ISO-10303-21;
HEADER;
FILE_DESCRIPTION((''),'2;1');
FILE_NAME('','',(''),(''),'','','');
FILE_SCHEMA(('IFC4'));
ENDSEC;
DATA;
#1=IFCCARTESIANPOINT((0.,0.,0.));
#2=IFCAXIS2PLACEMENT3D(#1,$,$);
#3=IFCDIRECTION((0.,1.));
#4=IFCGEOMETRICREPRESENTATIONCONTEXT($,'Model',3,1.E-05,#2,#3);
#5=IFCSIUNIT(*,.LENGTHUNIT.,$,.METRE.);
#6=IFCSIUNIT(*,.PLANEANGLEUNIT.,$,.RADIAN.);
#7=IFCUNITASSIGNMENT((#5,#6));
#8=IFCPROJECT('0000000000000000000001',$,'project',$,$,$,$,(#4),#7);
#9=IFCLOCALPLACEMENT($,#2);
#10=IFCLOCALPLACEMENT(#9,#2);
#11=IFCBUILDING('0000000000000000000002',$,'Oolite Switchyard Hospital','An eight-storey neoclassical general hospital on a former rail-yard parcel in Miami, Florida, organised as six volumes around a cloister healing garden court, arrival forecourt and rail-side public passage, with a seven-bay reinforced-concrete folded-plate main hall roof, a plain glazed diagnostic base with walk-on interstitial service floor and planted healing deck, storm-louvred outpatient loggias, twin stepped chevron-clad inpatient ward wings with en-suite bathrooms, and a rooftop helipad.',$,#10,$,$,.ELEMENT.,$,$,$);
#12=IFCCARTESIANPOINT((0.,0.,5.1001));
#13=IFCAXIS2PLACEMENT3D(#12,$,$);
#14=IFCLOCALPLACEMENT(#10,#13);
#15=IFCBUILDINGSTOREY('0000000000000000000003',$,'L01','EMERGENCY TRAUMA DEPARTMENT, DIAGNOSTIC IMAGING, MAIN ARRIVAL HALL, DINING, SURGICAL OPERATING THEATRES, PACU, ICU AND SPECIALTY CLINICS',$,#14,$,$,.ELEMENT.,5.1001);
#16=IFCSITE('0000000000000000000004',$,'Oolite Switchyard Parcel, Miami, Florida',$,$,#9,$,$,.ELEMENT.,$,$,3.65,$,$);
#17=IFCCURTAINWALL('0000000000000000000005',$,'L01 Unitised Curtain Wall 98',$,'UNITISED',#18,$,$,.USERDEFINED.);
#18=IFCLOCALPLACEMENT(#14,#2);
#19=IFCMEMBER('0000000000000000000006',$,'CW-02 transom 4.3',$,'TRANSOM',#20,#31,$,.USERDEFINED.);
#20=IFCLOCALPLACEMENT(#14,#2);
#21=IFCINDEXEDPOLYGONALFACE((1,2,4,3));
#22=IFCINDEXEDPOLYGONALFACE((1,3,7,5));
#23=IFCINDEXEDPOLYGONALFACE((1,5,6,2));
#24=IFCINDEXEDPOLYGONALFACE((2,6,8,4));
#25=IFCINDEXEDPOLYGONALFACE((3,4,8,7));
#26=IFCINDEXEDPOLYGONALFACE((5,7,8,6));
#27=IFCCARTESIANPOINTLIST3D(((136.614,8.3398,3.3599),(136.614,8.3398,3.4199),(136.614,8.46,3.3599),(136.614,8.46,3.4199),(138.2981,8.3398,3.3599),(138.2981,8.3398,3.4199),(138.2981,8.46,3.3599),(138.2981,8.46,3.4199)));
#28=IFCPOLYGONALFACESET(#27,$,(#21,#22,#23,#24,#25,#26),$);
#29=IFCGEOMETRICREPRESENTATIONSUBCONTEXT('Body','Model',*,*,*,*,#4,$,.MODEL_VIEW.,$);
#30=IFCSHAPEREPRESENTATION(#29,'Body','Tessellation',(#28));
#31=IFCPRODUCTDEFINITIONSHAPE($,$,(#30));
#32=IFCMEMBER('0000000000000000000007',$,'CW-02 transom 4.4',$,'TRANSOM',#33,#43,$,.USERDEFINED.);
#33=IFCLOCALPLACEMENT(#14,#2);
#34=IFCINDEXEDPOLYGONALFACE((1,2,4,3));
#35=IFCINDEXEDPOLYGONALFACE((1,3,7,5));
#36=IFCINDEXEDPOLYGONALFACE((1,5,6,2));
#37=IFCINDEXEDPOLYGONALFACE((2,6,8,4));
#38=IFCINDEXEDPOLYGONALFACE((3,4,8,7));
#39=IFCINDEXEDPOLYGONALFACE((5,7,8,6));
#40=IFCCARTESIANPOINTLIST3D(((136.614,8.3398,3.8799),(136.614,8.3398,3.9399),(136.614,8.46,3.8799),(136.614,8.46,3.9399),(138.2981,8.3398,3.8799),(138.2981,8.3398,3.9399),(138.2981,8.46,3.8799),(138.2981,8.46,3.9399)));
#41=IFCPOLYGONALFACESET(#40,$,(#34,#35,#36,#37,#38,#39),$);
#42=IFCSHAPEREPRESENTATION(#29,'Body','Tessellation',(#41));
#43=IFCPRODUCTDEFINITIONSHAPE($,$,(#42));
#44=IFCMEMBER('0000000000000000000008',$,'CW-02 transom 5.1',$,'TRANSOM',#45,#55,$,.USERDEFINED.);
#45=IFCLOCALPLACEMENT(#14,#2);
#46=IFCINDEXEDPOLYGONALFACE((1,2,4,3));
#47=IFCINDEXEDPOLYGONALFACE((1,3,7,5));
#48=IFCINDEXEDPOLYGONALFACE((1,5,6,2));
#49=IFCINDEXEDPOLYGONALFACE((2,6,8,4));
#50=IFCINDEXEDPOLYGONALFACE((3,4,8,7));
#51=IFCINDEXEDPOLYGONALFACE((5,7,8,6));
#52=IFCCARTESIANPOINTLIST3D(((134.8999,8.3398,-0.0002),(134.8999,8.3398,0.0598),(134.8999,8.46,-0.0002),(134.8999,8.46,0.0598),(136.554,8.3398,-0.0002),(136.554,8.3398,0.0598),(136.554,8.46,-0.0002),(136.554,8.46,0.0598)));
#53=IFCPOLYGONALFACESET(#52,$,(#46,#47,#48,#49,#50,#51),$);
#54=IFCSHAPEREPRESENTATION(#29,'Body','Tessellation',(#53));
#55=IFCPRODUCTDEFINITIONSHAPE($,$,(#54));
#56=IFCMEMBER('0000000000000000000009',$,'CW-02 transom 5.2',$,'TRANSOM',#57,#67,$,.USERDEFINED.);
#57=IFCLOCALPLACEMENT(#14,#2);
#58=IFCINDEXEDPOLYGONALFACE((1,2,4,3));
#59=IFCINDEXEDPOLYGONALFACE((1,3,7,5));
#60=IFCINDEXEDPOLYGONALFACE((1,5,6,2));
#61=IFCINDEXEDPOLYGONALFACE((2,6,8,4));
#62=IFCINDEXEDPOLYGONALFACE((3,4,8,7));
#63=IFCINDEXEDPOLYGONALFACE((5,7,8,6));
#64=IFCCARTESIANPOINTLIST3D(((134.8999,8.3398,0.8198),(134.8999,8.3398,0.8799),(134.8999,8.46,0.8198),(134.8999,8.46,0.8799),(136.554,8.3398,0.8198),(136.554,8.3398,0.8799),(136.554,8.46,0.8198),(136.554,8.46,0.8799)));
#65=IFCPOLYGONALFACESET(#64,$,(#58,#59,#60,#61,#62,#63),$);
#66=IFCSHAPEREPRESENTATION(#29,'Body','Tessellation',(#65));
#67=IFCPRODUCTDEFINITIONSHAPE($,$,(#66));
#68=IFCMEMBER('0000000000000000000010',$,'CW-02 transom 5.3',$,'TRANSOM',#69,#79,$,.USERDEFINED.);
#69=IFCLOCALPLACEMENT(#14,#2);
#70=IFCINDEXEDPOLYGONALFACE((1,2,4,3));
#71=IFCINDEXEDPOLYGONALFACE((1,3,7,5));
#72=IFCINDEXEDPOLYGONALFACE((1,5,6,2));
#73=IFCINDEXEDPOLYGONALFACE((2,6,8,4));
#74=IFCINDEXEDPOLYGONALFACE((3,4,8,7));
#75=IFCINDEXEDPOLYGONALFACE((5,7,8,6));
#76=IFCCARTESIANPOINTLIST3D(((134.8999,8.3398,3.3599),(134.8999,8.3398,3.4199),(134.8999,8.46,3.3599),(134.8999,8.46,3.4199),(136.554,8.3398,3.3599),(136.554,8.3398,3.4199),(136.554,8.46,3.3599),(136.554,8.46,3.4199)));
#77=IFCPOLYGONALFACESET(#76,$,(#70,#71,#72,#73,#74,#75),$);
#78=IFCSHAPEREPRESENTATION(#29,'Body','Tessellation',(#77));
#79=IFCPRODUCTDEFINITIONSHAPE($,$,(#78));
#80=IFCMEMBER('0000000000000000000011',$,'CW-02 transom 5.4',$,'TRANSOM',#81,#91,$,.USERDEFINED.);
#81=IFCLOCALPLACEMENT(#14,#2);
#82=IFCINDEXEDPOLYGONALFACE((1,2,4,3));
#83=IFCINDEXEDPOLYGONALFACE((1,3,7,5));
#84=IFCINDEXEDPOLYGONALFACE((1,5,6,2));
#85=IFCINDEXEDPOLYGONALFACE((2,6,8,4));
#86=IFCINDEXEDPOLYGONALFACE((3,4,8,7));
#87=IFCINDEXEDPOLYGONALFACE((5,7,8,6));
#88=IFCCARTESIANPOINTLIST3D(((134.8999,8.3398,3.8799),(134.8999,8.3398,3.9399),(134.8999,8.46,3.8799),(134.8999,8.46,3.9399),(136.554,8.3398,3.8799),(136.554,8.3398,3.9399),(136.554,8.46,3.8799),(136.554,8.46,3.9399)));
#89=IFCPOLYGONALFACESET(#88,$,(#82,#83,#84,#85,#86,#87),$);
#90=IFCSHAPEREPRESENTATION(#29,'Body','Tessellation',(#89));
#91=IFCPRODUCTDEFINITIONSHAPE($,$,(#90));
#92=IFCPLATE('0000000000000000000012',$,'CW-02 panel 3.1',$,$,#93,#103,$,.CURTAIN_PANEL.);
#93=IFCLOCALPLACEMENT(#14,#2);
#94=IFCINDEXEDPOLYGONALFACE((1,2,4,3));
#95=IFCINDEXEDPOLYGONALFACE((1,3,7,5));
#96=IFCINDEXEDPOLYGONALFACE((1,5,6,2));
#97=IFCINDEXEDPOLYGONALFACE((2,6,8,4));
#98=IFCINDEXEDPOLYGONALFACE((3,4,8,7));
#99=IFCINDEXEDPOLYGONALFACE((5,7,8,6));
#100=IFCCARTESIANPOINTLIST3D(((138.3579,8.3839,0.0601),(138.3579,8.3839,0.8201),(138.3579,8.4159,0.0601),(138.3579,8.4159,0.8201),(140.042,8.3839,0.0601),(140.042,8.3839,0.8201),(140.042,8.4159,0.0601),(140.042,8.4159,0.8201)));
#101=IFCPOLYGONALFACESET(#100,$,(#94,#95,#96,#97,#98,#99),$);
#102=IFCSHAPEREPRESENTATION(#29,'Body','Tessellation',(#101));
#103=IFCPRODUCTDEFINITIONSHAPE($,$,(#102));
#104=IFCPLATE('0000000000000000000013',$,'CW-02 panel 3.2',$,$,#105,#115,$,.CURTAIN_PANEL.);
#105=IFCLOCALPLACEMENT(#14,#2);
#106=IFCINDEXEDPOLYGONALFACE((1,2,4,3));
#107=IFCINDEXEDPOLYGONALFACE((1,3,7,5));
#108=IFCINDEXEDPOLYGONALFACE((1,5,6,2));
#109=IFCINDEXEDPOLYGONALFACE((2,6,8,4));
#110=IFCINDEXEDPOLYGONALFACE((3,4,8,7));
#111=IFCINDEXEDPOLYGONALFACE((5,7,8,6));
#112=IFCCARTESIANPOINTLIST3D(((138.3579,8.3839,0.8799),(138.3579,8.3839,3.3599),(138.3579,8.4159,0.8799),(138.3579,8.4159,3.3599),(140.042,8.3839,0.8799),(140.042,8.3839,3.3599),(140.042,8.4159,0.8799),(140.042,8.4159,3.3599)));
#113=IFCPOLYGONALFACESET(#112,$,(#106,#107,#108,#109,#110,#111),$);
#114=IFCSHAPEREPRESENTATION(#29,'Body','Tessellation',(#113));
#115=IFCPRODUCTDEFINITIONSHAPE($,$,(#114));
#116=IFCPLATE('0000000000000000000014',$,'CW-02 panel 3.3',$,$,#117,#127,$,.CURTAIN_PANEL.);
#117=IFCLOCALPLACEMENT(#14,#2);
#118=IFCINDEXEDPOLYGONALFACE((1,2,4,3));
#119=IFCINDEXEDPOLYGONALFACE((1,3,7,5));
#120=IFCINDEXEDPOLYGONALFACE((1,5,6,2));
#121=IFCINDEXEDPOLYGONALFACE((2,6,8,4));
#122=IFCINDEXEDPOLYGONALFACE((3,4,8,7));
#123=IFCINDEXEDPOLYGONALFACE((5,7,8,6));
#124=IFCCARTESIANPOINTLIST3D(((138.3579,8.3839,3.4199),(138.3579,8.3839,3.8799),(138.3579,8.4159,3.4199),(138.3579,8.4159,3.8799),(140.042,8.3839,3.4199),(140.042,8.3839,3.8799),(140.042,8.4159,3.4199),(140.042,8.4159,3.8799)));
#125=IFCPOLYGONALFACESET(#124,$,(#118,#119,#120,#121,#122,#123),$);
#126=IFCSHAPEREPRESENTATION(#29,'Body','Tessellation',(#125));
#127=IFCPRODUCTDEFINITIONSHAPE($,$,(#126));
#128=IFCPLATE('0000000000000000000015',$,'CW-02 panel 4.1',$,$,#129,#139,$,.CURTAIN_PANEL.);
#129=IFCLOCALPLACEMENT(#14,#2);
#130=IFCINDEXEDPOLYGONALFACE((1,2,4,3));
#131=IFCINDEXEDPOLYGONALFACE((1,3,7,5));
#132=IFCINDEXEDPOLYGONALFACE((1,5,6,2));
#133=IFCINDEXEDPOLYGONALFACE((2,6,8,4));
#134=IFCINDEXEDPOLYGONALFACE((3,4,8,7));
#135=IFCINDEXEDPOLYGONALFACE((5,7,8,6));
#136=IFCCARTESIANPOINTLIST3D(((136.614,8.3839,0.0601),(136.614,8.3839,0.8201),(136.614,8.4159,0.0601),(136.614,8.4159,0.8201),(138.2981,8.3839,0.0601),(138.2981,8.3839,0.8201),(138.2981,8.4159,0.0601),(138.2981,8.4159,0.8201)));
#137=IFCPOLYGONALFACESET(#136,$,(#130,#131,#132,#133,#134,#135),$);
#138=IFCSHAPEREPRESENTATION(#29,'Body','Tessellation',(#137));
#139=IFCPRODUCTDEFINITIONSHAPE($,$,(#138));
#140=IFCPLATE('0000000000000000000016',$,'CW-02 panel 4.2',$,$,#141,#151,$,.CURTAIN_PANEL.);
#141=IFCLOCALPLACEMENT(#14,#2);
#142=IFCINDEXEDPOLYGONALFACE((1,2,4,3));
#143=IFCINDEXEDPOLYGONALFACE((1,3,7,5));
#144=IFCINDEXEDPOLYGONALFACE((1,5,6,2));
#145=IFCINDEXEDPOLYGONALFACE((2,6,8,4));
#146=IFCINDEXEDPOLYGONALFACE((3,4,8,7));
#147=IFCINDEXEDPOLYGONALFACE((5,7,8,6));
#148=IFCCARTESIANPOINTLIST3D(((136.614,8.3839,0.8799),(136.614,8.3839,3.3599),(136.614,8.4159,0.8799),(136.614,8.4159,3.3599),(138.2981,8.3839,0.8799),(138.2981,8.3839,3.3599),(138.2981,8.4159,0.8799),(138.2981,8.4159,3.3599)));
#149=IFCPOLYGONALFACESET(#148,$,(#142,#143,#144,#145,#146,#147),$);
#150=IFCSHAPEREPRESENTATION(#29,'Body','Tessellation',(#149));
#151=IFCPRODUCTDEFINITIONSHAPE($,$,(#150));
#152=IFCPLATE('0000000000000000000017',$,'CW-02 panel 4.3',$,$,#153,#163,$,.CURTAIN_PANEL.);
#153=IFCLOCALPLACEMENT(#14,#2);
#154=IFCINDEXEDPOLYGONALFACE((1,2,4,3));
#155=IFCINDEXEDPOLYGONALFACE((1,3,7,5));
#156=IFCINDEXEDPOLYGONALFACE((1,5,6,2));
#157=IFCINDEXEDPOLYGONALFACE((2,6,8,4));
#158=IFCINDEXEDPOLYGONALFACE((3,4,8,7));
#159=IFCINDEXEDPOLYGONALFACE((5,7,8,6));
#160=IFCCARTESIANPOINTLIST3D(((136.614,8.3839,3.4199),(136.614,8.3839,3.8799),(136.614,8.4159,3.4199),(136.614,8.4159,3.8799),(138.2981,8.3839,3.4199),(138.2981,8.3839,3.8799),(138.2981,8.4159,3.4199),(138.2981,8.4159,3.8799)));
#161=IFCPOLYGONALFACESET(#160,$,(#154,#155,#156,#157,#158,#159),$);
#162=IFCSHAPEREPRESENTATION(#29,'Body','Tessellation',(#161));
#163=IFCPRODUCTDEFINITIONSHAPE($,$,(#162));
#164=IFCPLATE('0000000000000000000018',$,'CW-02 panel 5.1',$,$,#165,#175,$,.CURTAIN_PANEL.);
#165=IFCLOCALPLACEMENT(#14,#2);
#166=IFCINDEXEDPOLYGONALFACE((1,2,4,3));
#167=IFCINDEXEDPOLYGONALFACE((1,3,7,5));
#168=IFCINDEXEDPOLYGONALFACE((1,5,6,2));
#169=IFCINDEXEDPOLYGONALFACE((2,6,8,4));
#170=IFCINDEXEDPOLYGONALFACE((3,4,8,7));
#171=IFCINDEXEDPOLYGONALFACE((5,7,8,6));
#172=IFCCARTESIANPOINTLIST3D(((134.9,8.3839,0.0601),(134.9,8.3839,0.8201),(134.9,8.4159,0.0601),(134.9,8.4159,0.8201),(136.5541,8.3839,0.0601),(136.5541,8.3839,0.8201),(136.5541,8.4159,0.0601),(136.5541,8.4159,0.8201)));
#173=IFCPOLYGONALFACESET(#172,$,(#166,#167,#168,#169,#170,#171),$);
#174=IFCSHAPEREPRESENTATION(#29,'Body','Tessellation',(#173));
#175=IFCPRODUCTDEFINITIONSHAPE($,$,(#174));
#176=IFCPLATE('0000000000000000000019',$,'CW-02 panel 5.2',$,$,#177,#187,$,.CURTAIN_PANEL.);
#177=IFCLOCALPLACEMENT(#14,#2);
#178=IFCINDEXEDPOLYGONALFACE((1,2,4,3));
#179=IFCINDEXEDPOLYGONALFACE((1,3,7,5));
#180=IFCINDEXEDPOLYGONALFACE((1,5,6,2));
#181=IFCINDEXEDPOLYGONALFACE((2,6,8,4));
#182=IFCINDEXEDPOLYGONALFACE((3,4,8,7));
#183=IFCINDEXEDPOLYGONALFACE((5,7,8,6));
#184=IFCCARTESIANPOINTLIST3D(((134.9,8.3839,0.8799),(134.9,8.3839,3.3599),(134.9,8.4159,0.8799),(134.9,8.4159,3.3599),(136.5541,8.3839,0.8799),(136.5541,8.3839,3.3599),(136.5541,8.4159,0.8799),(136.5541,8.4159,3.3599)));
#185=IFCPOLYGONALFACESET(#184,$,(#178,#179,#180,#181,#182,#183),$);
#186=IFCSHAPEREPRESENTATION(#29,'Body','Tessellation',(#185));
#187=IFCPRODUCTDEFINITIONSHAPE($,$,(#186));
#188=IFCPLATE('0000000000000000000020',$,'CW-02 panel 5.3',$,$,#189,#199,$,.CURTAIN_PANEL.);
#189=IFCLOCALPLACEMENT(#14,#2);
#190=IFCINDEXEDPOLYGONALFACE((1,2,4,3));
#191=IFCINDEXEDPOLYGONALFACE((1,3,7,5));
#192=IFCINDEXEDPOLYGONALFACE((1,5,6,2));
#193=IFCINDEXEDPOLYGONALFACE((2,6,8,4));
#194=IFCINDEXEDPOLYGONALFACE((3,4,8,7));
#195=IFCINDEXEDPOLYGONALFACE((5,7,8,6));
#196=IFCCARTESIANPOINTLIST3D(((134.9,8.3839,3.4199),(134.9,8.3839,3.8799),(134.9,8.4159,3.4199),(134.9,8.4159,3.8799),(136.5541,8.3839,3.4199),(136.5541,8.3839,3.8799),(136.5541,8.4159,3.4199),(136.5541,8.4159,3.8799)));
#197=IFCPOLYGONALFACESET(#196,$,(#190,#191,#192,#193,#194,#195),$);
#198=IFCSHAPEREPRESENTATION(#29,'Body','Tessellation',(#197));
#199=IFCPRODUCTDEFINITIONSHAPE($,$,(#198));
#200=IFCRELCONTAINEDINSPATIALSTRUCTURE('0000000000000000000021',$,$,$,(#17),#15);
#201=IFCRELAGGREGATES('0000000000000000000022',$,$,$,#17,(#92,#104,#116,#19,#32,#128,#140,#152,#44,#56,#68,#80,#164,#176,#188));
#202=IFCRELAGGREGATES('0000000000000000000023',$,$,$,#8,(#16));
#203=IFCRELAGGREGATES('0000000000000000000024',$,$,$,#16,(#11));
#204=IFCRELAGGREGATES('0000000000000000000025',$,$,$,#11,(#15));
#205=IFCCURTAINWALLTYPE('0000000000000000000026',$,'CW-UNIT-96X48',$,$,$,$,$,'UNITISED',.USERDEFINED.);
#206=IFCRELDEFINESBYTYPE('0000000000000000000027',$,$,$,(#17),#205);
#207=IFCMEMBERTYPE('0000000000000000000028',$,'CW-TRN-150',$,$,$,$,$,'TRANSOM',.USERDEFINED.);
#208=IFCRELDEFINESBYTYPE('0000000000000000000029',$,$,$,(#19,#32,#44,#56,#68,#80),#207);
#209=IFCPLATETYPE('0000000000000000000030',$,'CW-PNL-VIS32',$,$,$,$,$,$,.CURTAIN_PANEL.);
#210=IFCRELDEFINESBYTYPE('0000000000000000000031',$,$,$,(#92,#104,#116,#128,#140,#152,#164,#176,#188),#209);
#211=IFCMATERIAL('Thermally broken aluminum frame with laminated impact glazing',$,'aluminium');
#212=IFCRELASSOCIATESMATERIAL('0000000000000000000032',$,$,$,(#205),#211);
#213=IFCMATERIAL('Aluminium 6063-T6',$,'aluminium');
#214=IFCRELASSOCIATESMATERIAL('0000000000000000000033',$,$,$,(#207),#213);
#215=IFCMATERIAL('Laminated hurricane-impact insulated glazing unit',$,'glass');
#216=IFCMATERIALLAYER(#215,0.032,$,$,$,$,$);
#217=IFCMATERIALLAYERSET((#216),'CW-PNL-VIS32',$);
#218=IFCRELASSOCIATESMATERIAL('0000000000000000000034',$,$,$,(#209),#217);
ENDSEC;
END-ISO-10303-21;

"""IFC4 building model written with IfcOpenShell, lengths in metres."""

from ifc_helpers import new_model, si_unit, direction, frame, origin, origin_2d, place, context, subcontext, project, spatial, rectangle, extrude, material, layer, layer_set, material_profile, profile_set, type_object, element, aggregate, save


model = new_model("IFC4")

# Units and contexts
model_context = context("Model", 3, precision=1e-05, world=origin(), true_north=direction((0.0, 1.0)))
body_context = subcontext(model_context, "Body", "Model", "MODEL_VIEW")
ifc_project = project(units=[si_unit("LENGTHUNIT", "METRE"), si_unit("PLANEANGLEUNIT", "RADIAN")], contexts=[model_context])

# Site, building, storey
site_placement = place(None, origin())
site = spatial("IfcSite", under=ifc_project, at=site_placement, Name="Oolite Switchyard Parcel, Miami, Florida", CompositionType="ELEMENT", RefElevation=3.65)
building_placement = place(site_placement, origin())
building = spatial("IfcBuilding", under=site, at=building_placement, Name="Oolite Switchyard Hospital", Description="An eight-storey neoclassical general hospital on a former rail-yard parcel in Miami, Florida, organised as six volumes around a cloister healing garden court, arrival forecourt and rail-side public passage, with a seven-bay reinforced-concrete folded-plate main hall roof, a plain glazed diagnostic base with walk-on interstitial service floor and planted healing deck, storm-louvred outpatient loggias, twin stepped chevron-clad inpatient ward wings with en-suite bathrooms, and a rooftop helipad.", CompositionType="ELEMENT")
storey_placement = place(building_placement, frame((0.0, 0.0, 5.1001)))
storey = spatial("IfcBuildingStorey", under=building, at=storey_placement, Name="L01", Description="EMERGENCY TRAUMA DEPARTMENT, DIAGNOSTIC IMAGING, MAIN ARRIVAL HALL, DINING, SURGICAL OPERATING THEATRES, PACU, ICU AND SPECIALTY CLINICS", CompositionType="ELEMENT", Elevation=5.1001)

# Curtain wall, members, plates
ifc_material_1 = material(Name="Thermally broken aluminum frame with laminated impact glazing", Category="aluminium")
curtain_wall_type = type_object("IfcCurtainWallType", Name="CW-UNIT-96X48", ElementType="UNITISED", PredefinedType="USERDEFINED", material=ifc_material_1)
curtain_wall_placement = place(storey_placement, origin())
curtain_wall = element("IfcCurtainWall", 1, at=curtain_wall_placement, inside=storey, type_object=curtain_wall_type, Name="L01 Unitised Curtain Wall 98", ObjectType="UNITISED", PredefinedType="USERDEFINED")
ifc_material_2 = material(Name="Aluminium 6063-T6", Category="aluminium")
ifc_material_profile_1 = material_profile(ifc_material_2, rectangle(XDim=0.1201, YDim=0.0601, at=origin_2d()), Name="CWT60X120")
ifc_profile_set_1 = profile_set([ifc_material_profile_1], Name="Aluminium 6063-T6")
member_type_1 = type_object("IfcMemberType", Name="CW-TRN-150", ElementType="TRANSOM", PredefinedType="USERDEFINED", material=ifc_profile_set_1)
member_1_placement = place(storey_placement, frame((138.2981, 8.3999, 3.3899), z_axis=(-1.0, 0.0, 0.0), x_axis=(0.0, -1.0, 0.0)))
member_1 = element("IfcMember", 2, at=member_1_placement, type_object=member_type_1, Name="CW-02 transom 4.3", ObjectType="TRANSOM", PredefinedType="USERDEFINED", context=body_context, shape_type="SweptSolid", body=[
    extrude(rectangle(XDim=0.1201, YDim=0.0601, at=origin_2d()), origin(), (0.0, 0.0, 1.0), 1.6841),
])
member_2_placement = place(storey_placement, frame((138.2981, 8.3999, 3.9099), z_axis=(-1.0, 0.0, 0.0), x_axis=(0.0, -1.0, 0.0)))
member_2 = element("IfcMember", 3, at=member_2_placement, type_object=member_type_1, Name="CW-02 transom 4.4", ObjectType="TRANSOM", PredefinedType="USERDEFINED", context=body_context, shape_type="SweptSolid", body=[
    extrude(rectangle(XDim=0.1201, YDim=0.0601, at=origin_2d()), origin(), (0.0, 0.0, 1.0), 1.6841),
])
member_3_placement = place(storey_placement, frame((136.554, 8.3999, 0.0298), z_axis=(-1.0, 0.0, 0.0), x_axis=(0.0, -1.0, 0.0)))
member_3 = element("IfcMember", 4, at=member_3_placement, type_object=member_type_1, Name="CW-02 transom 5.1", ObjectType="TRANSOM", PredefinedType="USERDEFINED", context=body_context, shape_type="SweptSolid", body=[
    extrude(rectangle(XDim=0.1201, YDim=0.0601, at=origin_2d()), origin(), (0.0, 0.0, 1.0), 1.6541),
])
member_4_placement = place(storey_placement, frame((136.554, 8.3999, 0.8499), z_axis=(-1.0, 0.0, 0.0), x_axis=(0.0, -1.0, 0.0)))
member_4 = element("IfcMember", 5, at=member_4_placement, type_object=member_type_1, Name="CW-02 transom 5.2", ObjectType="TRANSOM", PredefinedType="USERDEFINED", context=body_context, shape_type="SweptSolid", body=[
    extrude(rectangle(XDim=0.1201, YDim=0.0601, at=origin_2d()), origin(), (0.0, 0.0, 1.0), 1.6541),
])
member_5_placement = place(storey_placement, frame((136.554, 8.3999, 3.3899), z_axis=(-1.0, 0.0, 0.0), x_axis=(0.0, -1.0, 0.0)))
member_5 = element("IfcMember", 6, at=member_5_placement, type_object=member_type_1, Name="CW-02 transom 5.3", ObjectType="TRANSOM", PredefinedType="USERDEFINED", context=body_context, shape_type="SweptSolid", body=[
    extrude(rectangle(XDim=0.1201, YDim=0.0601, at=origin_2d()), origin(), (0.0, 0.0, 1.0), 1.6541),
])
member_6_placement = place(storey_placement, frame((136.554, 8.3999, 3.9099), z_axis=(-1.0, 0.0, 0.0), x_axis=(0.0, -1.0, 0.0)))
member_6 = element("IfcMember", 7, at=member_6_placement, type_object=member_type_1, Name="CW-02 transom 5.4", ObjectType="TRANSOM", PredefinedType="USERDEFINED", context=body_context, shape_type="SweptSolid", body=[
    extrude(rectangle(XDim=0.1201, YDim=0.0601, at=origin_2d()), origin(), (0.0, 0.0, 1.0), 1.6541),
])
ifc_material_3 = material(Name="Laminated hurricane-impact insulated glazing unit", Category="glass")
ifc_layer = layer(ifc_material_3, 0.032)
ifc_layer_set = layer_set([ifc_layer], Name="CW-PNL-VIS32")
plate_type = type_object("IfcPlateType", Name="CW-PNL-VIS32", PredefinedType="CURTAIN_PANEL", material=ifc_layer_set)
plate_1_placement = place(storey_placement, frame((139.2, 8.3999, 0.0601), z_axis=(0.0, 0.0, 1.0), x_axis=(-1.0, 0.0, 0.0)))
plate_1 = element("IfcPlate", 8, at=plate_1_placement, type_object=plate_type, Name="CW-02 panel 3.1", PredefinedType="CURTAIN_PANEL", context=body_context, shape_type="SweptSolid", body=[
    extrude(rectangle(XDim=1.6841, YDim=0.032, at=origin_2d()), origin(), (0.0, 0.0, 1.0), 0.76),
])
plate_2_placement = place(storey_placement, frame((139.2, 8.3999, 0.8799), z_axis=(0.0, 0.0, 1.0), x_axis=(-1.0, 0.0, 0.0)))
plate_2 = element("IfcPlate", 9, at=plate_2_placement, type_object=plate_type, Name="CW-02 panel 3.2", PredefinedType="CURTAIN_PANEL", context=body_context, shape_type="SweptSolid", body=[
    extrude(rectangle(XDim=1.6841, YDim=0.032, at=origin_2d()), origin(), (0.0, 0.0, 1.0), 2.48),
])
plate_3_placement = place(storey_placement, frame((139.2, 8.3999, 3.4199), z_axis=(0.0, 0.0, 1.0), x_axis=(-1.0, 0.0, 0.0)))
plate_3 = element("IfcPlate", 10, at=plate_3_placement, type_object=plate_type, Name="CW-02 panel 3.3", PredefinedType="CURTAIN_PANEL", context=body_context, shape_type="SweptSolid", body=[
    extrude(rectangle(XDim=1.6841, YDim=0.032, at=origin_2d()), origin(), (0.0, 0.0, 1.0), 0.46),
])
plate_4_placement = place(storey_placement, frame((137.4561, 8.3999, 0.0601), z_axis=(0.0, 0.0, 1.0), x_axis=(-1.0, 0.0, 0.0)))
plate_4 = element("IfcPlate", 11, at=plate_4_placement, type_object=plate_type, Name="CW-02 panel 4.1", PredefinedType="CURTAIN_PANEL", context=body_context, shape_type="SweptSolid", body=[
    extrude(rectangle(XDim=1.6841, YDim=0.032, at=origin_2d()), origin(), (0.0, 0.0, 1.0), 0.76),
])
plate_5_placement = place(storey_placement, frame((137.4561, 8.3999, 0.8799), z_axis=(0.0, 0.0, 1.0), x_axis=(-1.0, 0.0, 0.0)))
plate_5 = element("IfcPlate", 12, at=plate_5_placement, type_object=plate_type, Name="CW-02 panel 4.2", PredefinedType="CURTAIN_PANEL", context=body_context, shape_type="SweptSolid", body=[
    extrude(rectangle(XDim=1.6841, YDim=0.032, at=origin_2d()), origin(), (0.0, 0.0, 1.0), 2.48),
])
plate_6_placement = place(storey_placement, frame((137.4561, 8.3999, 3.4199), z_axis=(0.0, 0.0, 1.0), x_axis=(-1.0, 0.0, 0.0)))
plate_6 = element("IfcPlate", 13, at=plate_6_placement, type_object=plate_type, Name="CW-02 panel 4.3", PredefinedType="CURTAIN_PANEL", context=body_context, shape_type="SweptSolid", body=[
    extrude(rectangle(XDim=1.6841, YDim=0.032, at=origin_2d()), origin(), (0.0, 0.0, 1.0), 0.46),
])
plate_7_placement = place(storey_placement, frame((135.7271, 8.3999, 0.0601), z_axis=(0.0, 0.0, 1.0), x_axis=(-1.0, 0.0, 0.0)))
plate_7 = element("IfcPlate", 14, at=plate_7_placement, type_object=plate_type, Name="CW-02 panel 5.1", PredefinedType="CURTAIN_PANEL", context=body_context, shape_type="SweptSolid", body=[
    extrude(rectangle(XDim=1.6541, YDim=0.032, at=origin_2d()), origin(), (0.0, 0.0, 1.0), 0.76),
])
plate_8_placement = place(storey_placement, frame((135.7271, 8.3999, 0.8799), z_axis=(0.0, 0.0, 1.0), x_axis=(-1.0, 0.0, 0.0)))
plate_8 = element("IfcPlate", 15, at=plate_8_placement, type_object=plate_type, Name="CW-02 panel 5.2", PredefinedType="CURTAIN_PANEL", context=body_context, shape_type="SweptSolid", body=[
    extrude(rectangle(XDim=1.6541, YDim=0.032, at=origin_2d()), origin(), (0.0, 0.0, 1.0), 2.48),
])
plate_9_placement = place(storey_placement, frame((135.7271, 8.3999, 3.4199), z_axis=(0.0, 0.0, 1.0), x_axis=(-1.0, 0.0, 0.0)))
plate_9 = element("IfcPlate", 16, at=plate_9_placement, type_object=plate_type, Name="CW-02 panel 5.3", PredefinedType="CURTAIN_PANEL", context=body_context, shape_type="SweptSolid", body=[
    extrude(rectangle(XDim=1.6541, YDim=0.032, at=origin_2d()), origin(), (0.0, 0.0, 1.0), 0.46),
])
aggregate(curtain_wall, [plate_1, plate_2, plate_3, member_1, member_2, plate_4, plate_5, plate_6, member_3, member_4, member_5, member_6, plate_7, plate_8, plate_9])

save(model, "model.ifc")
